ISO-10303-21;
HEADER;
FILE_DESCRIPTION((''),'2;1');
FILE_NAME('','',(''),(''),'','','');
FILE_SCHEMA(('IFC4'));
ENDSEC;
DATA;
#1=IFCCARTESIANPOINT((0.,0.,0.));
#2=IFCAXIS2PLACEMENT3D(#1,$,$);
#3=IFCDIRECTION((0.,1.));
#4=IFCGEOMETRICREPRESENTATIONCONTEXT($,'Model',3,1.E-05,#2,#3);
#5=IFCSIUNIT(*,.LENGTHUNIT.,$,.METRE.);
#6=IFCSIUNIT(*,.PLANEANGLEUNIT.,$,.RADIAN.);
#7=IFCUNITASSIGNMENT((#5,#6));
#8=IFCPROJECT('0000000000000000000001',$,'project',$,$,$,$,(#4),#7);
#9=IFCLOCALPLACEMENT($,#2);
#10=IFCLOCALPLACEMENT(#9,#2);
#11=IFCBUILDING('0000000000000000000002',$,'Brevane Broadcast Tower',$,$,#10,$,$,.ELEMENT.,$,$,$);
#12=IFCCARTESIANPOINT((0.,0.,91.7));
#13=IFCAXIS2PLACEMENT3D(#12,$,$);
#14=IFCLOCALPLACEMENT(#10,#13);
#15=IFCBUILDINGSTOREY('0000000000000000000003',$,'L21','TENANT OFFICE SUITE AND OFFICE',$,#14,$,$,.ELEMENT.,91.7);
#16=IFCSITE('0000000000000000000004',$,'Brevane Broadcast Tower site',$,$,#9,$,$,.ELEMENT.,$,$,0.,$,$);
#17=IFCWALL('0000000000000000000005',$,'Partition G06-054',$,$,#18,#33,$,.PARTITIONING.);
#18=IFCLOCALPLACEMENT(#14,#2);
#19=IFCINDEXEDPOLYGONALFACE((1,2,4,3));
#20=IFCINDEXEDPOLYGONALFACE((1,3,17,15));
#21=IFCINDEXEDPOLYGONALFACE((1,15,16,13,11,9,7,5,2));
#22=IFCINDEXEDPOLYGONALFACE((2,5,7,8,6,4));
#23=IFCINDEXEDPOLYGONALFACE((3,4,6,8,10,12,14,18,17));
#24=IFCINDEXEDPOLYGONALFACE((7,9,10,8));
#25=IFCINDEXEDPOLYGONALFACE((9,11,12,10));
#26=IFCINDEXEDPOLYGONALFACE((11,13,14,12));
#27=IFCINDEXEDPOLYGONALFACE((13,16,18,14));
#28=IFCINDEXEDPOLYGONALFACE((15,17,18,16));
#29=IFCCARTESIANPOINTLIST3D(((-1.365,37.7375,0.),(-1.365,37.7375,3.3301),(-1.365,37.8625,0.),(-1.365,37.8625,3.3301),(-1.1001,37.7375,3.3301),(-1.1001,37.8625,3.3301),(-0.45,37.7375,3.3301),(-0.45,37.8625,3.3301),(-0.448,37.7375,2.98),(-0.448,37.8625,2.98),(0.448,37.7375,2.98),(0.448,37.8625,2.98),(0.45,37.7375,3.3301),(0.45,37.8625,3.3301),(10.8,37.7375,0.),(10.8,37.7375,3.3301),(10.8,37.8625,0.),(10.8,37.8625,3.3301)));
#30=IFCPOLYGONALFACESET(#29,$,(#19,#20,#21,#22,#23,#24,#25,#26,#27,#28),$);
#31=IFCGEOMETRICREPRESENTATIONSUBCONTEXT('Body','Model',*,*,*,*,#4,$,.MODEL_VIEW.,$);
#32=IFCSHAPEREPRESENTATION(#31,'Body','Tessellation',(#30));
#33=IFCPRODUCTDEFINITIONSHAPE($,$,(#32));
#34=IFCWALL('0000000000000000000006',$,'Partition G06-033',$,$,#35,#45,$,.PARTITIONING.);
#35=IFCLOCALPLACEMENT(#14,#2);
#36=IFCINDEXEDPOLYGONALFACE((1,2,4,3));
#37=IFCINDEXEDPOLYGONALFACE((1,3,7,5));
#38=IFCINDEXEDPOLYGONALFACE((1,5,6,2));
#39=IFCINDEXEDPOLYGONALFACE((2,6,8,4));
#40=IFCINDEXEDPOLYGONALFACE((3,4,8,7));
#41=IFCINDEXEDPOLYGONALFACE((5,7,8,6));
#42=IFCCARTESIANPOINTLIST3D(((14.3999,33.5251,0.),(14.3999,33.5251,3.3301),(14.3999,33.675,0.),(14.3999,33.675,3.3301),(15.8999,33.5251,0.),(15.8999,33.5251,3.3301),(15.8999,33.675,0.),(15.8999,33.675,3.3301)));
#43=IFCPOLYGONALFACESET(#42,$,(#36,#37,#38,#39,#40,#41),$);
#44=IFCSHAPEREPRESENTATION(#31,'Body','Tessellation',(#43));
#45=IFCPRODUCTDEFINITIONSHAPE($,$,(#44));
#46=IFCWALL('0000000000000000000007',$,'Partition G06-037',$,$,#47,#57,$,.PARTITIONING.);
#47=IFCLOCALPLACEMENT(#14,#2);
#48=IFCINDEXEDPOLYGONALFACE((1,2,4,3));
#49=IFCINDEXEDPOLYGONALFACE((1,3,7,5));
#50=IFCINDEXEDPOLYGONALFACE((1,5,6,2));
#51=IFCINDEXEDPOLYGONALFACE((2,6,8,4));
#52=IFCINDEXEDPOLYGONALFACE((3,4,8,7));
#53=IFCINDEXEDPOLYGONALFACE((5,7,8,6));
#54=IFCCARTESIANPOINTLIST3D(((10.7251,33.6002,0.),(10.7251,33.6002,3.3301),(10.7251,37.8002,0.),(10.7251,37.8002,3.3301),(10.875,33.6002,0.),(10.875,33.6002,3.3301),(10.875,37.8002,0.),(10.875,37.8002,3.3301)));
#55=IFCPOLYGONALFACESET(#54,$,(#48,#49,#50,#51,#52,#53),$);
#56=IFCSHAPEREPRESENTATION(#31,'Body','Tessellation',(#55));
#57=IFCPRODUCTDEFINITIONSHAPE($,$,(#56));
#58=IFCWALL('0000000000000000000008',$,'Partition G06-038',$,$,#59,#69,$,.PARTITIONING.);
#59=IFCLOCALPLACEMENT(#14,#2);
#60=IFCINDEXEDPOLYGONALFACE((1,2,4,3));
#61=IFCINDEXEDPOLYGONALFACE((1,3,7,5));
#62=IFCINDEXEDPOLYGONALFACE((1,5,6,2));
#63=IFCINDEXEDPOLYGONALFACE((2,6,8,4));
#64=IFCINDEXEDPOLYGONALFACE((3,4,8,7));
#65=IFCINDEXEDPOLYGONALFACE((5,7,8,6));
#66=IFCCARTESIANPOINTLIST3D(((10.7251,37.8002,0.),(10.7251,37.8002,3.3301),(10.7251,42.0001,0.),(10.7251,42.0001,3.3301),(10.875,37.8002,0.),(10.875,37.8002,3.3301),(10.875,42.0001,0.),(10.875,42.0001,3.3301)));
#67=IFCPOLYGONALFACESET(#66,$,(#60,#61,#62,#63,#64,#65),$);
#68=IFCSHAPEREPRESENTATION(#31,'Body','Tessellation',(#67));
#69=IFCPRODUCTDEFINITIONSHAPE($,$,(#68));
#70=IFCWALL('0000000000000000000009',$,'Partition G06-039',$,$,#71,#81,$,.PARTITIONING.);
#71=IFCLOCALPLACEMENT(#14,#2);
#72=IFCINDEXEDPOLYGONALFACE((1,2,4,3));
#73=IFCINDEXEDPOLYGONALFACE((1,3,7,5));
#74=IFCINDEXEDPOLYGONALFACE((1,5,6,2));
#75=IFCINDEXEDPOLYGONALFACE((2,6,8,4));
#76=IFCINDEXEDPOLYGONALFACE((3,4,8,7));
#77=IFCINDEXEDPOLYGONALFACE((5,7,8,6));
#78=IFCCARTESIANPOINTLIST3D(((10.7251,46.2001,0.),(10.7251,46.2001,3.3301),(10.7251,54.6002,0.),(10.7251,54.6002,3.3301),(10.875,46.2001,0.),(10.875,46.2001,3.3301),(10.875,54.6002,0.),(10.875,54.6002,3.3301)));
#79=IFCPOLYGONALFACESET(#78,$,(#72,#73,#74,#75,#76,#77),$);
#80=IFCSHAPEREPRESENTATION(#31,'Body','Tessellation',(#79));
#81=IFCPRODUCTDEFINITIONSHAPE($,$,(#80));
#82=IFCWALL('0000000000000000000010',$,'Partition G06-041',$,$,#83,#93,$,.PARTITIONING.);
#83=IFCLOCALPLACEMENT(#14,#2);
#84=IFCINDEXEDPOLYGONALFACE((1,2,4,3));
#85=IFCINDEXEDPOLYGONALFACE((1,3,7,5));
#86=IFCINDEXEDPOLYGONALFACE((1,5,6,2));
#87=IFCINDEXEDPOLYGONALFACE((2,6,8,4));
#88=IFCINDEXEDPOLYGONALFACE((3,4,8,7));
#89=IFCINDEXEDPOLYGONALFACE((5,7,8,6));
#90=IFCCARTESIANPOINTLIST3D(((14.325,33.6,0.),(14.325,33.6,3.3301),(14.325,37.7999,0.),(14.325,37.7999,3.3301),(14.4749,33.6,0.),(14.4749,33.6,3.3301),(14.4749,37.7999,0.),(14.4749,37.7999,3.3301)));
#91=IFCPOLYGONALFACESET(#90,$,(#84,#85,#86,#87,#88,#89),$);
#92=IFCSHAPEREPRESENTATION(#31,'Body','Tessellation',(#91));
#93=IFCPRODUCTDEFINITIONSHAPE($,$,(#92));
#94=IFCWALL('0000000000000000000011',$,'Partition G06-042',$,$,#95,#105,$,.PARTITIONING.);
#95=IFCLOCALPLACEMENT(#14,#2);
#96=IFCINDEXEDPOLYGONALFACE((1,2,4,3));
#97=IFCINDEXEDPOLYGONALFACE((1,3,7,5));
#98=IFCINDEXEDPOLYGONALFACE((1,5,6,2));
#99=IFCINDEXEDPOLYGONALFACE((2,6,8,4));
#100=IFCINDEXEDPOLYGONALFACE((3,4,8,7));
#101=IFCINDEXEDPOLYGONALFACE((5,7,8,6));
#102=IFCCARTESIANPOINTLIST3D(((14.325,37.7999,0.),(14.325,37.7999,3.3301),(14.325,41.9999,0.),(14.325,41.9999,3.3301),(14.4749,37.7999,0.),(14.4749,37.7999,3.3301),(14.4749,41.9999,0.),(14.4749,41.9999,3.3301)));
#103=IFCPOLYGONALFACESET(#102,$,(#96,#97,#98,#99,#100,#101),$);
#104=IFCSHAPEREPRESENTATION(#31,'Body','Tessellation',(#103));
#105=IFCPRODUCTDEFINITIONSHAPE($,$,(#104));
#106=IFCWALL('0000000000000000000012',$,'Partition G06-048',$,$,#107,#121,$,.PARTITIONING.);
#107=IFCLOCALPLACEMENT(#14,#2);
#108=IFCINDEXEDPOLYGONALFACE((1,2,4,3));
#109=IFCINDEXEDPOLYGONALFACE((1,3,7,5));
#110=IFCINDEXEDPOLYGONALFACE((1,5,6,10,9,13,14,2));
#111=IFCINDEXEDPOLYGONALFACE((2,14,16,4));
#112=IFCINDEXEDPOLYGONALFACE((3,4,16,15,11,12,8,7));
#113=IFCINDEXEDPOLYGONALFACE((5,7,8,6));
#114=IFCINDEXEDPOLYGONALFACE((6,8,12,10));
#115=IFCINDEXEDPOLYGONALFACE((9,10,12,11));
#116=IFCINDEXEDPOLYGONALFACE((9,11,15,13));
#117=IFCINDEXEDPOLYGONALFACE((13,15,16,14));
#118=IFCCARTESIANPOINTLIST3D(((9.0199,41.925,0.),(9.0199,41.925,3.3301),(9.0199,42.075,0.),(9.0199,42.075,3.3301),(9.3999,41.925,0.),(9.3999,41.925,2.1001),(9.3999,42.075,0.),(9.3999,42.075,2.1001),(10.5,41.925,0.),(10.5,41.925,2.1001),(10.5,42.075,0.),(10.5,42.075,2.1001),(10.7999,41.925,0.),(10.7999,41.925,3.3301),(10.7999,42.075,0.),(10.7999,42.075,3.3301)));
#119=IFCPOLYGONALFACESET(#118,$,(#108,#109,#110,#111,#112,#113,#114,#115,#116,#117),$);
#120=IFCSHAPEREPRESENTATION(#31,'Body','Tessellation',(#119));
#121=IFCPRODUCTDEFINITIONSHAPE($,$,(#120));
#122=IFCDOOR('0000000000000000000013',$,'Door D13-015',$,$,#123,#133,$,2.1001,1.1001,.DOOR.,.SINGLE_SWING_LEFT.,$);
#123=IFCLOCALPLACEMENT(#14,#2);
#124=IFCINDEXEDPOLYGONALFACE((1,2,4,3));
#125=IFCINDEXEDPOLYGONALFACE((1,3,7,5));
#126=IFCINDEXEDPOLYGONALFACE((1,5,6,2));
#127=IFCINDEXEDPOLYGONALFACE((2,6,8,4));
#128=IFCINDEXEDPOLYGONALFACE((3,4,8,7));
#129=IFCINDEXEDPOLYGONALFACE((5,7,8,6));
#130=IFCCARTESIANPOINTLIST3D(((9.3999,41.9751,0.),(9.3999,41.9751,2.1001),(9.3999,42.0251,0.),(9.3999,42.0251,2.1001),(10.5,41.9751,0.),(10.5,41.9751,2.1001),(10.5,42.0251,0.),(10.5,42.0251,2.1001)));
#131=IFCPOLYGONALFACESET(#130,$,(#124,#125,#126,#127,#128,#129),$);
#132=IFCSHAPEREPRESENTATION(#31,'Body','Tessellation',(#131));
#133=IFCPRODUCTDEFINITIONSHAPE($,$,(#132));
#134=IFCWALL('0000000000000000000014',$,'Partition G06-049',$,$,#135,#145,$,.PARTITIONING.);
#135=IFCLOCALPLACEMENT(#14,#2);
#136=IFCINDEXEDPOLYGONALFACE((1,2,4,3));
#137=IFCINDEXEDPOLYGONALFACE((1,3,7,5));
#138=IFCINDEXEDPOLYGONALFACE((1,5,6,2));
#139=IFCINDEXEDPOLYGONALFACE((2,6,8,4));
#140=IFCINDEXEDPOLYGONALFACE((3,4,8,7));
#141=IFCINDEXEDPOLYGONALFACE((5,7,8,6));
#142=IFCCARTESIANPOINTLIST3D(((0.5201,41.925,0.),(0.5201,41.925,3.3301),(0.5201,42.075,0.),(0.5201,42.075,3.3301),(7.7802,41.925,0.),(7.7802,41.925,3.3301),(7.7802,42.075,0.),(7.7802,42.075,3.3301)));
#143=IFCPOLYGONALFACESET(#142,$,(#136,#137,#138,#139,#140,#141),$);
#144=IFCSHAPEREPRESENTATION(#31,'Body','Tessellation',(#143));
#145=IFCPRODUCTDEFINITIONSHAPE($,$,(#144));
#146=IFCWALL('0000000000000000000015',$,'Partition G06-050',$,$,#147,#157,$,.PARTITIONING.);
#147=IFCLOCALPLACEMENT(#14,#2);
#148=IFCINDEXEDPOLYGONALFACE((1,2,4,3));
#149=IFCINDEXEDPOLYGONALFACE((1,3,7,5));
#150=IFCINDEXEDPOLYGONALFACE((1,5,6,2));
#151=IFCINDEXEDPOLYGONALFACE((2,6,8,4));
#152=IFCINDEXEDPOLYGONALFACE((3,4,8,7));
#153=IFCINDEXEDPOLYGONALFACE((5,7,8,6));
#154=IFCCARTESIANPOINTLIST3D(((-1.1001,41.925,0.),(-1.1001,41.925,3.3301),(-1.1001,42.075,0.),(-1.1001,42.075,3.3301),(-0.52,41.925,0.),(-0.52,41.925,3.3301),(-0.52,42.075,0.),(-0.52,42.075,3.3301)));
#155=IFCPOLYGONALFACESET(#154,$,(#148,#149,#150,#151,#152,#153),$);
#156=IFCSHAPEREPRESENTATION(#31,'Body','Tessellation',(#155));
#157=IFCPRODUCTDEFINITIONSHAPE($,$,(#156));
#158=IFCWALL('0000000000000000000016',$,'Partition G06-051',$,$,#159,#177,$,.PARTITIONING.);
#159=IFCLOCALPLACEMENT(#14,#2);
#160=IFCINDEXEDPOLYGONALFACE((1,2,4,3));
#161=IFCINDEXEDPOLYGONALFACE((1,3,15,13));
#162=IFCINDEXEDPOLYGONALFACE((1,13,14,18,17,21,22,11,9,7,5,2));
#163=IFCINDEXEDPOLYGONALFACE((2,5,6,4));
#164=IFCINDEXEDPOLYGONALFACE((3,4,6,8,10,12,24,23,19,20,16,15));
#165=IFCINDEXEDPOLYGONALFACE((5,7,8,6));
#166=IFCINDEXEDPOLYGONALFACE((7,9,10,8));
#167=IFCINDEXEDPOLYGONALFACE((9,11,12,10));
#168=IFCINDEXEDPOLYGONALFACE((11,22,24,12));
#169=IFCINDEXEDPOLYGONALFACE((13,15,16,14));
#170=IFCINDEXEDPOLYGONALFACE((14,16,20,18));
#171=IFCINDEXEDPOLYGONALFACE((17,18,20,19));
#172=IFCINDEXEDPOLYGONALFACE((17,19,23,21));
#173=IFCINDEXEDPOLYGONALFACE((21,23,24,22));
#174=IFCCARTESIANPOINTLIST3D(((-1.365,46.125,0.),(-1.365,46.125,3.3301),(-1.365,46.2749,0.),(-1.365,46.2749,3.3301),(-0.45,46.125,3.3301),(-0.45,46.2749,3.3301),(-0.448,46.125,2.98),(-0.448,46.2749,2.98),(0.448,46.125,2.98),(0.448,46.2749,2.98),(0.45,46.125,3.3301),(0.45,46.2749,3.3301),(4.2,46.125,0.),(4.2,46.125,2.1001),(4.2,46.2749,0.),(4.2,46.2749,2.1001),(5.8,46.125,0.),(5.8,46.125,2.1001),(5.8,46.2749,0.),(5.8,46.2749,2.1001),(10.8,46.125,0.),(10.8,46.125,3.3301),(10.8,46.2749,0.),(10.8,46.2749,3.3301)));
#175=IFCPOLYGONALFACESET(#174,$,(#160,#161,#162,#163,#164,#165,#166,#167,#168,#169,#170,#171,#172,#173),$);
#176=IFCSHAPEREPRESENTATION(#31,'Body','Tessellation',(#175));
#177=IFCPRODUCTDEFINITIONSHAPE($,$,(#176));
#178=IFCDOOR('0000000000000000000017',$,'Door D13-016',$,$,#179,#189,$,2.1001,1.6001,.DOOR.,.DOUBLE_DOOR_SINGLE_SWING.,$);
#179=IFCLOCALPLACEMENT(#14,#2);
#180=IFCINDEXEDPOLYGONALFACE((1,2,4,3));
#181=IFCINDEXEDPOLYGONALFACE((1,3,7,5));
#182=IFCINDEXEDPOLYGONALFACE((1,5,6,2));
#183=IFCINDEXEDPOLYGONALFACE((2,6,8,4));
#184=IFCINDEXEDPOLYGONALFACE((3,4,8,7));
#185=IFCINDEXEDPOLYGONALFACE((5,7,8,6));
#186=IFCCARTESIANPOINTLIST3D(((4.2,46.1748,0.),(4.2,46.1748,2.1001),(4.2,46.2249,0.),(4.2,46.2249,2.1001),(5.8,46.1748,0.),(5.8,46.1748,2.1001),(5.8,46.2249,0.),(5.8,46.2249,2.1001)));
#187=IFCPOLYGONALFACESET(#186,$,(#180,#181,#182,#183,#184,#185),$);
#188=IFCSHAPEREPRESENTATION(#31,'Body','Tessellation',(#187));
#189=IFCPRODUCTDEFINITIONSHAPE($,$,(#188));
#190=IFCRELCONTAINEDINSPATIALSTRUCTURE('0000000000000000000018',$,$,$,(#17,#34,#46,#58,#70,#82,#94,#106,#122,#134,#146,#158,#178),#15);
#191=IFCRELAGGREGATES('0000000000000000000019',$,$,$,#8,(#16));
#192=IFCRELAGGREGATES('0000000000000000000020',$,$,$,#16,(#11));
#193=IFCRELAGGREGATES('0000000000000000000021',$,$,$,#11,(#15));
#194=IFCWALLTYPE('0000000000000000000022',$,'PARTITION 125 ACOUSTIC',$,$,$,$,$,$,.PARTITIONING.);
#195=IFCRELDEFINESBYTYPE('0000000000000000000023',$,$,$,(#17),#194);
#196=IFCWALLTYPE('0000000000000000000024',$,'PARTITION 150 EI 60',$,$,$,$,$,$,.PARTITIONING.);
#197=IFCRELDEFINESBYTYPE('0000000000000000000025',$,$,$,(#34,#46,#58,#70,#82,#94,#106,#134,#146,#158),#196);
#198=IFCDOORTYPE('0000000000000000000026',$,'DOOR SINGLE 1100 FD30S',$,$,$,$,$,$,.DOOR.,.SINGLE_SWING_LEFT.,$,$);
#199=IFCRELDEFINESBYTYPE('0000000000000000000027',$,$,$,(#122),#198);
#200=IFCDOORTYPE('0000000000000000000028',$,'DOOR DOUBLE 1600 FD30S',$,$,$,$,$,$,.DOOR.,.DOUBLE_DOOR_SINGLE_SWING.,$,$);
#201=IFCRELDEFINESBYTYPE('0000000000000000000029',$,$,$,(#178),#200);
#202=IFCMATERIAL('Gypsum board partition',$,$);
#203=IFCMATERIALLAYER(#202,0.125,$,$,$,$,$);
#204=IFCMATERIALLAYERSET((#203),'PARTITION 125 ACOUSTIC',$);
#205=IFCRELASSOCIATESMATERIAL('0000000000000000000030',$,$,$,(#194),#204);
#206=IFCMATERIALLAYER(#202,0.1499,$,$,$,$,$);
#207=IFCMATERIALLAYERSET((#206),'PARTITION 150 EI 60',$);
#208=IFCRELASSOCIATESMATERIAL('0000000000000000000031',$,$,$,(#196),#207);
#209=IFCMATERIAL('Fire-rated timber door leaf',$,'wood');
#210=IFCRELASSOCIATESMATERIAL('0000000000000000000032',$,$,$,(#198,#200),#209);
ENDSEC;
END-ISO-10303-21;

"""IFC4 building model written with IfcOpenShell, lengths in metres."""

from ifc_helpers import new_model, si_unit, direction, frame, frame_2d, origin, place, context, subcontext, project, spatial, polyline, rectangle, outline, extrude, material, layer, layer_set, type_object, element, fill, save


model = new_model("IFC4")

# Units and contexts
model_context = context("Model", 3, precision=1e-05, world=origin(), true_north=direction((0.0, 1.0)))
body_context = subcontext(model_context, "Body", "Model", "MODEL_VIEW")
ifc_project = project(units=[si_unit("LENGTHUNIT", "METRE"), si_unit("PLANEANGLEUNIT", "RADIAN")], contexts=[model_context])

# Site, building, storey
site_placement = place(None, origin())
site = spatial("IfcSite", under=ifc_project, at=site_placement, Name="Brevane Broadcast Tower site", CompositionType="ELEMENT", RefElevation=0.0)
building_placement = place(site_placement, origin())
building = spatial("IfcBuilding", under=site, at=building_placement, Name="Brevane Broadcast Tower", CompositionType="ELEMENT")
storey_placement = place(building_placement, frame((0.0, 0.0, 91.7)))
storey = spatial("IfcBuildingStorey", under=building, at=storey_placement, Name="L21", Description="TENANT OFFICE SUITE AND OFFICE", CompositionType="ELEMENT", Elevation=91.7)

# Walls
ifc_material_1 = material(Name="Gypsum board partition")
ifc_layer_1 = layer(ifc_material_1, 0.125)
ifc_layer_set_1 = layer_set([ifc_layer_1], Name="PARTITION 125 ACOUSTIC")
wall_type_1 = type_object("IfcWallType", Name="PARTITION 125 ACOUSTIC", PredefinedType="PARTITIONING", material=ifc_layer_set_1)
wall_1_placement = place(storey_placement, frame((-1.365, 37.8, 0.0), z_axis=(0.0, 0.0, 1.0), x_axis=(1.0, 0.0, 0.0)))
element("IfcWall", 1, at=wall_1_placement, inside=storey, type_object=wall_type_1, Name="Partition G06-054", PredefinedType="PARTITIONING", context=body_context, shape_type="SweptSolid", body=[
    extrude(outline(polyline([(0.0, 0.0), (12.165, 0.0), (12.165, 3.3301), (1.8149, 3.3301), (1.813, 2.98), (0.917, 2.98), (0.915, 3.3301), (0.2649, 3.3301), (0.0, 3.3301), (0.0, 0.0)])), frame((0.0, 0.0625, 0.0), z_axis=(0.0, -1.0, 0.0), x_axis=(1.0, 0.0, 0.0)), (0.0, 0.0, 1.0), 0.125),
])
ifc_layer_2 = layer(ifc_material_1, 0.1499)
ifc_layer_set_2 = layer_set([ifc_layer_2], Name="PARTITION 150 EI 60")
wall_type_2 = type_object("IfcWallType", Name="PARTITION 150 EI 60", PredefinedType="PARTITIONING", material=ifc_layer_set_2)
wall_2_placement = place(storey_placement, frame((14.3999, 33.6001, 0.0), z_axis=(0.0, 0.0, 1.0), x_axis=(1.0, 0.0, 0.0)))
element("IfcWall", 2, at=wall_2_placement, inside=storey, type_object=wall_type_2, Name="Partition G06-033", PredefinedType="PARTITIONING", context=body_context, shape_type="SweptSolid", body=[
    extrude(rectangle(XDim=1.5, YDim=0.1499, at=frame_2d((0.75, 0.0))), origin(), (0.0, 0.0, 1.0), 3.3301),
])
for number, where, z_axis, x_axis, name in (
    (3, (10.8, 33.6001, 0.0), (0.0, 0.0, 1.0), (0.0, 1.0, 0.0), "Partition G06-037"),
    (4, (10.8, 37.8, 0.0), (0.0, 0.0, 1.0), (0.0, 1.0, 0.0), "Partition G06-038"),
):
    element("IfcWall", number, at=place(storey_placement, frame(where, z_axis=z_axis, x_axis=x_axis)), inside=storey, type_object=wall_type_2, Name=name, PredefinedType="PARTITIONING", context=body_context, shape_type="SweptSolid", body=[
        extrude(rectangle(XDim=4.2, YDim=0.1499, at=frame_2d((2.1001, 0.0))), origin(), (0.0, 0.0, 1.0), 3.3301),
    ])
wall_3_placement = place(storey_placement, frame((10.8, 46.2, 0.0), z_axis=(0.0, 0.0, 1.0), x_axis=(0.0, 1.0, 0.0)))
element("IfcWall", 5, at=wall_3_placement, inside=storey, type_object=wall_type_2, Name="Partition G06-039", PredefinedType="PARTITIONING", context=body_context, shape_type="SweptSolid", body=[
    extrude(rectangle(XDim=8.4001, YDim=0.1499, at=frame_2d((4.2002, 0.0))), origin(), (0.0, 0.0, 1.0), 3.3301),
])
for number, where, z_axis, x_axis, name in (
    (6, (14.3999, 37.8, 0.0), (0.0, 0.0, 1.0), (0.0, -1.0, 0.0), "Partition G06-041"),
    (7, (14.3999, 42.0, 0.0), (0.0, 0.0, 1.0), (0.0, -1.0, 0.0), "Partition G06-042"),
):
    element("IfcWall", number, at=place(storey_placement, frame(where, z_axis=z_axis, x_axis=x_axis)), inside=storey, type_object=wall_type_2, Name=name, PredefinedType="PARTITIONING", context=body_context, shape_type="SweptSolid", body=[
        extrude(rectangle(XDim=4.2, YDim=0.1499, at=frame_2d((2.1001, 0.0))), origin(), (0.0, 0.0, 1.0), 3.3301),
    ])

# Wall, opening, door
wall_4_placement = place(storey_placement, frame((10.8, 42.0, 0.0), z_axis=(0.0, 0.0, 1.0), x_axis=(-1.0, 0.0, 0.0)))
wall_4 = element("IfcWall", 8, at=wall_4_placement, inside=storey, type_object=wall_type_2, Name="Partition G06-048", PredefinedType="PARTITIONING", context=body_context, shape_type="SweptSolid", body=[
    extrude(rectangle(XDim=1.78, YDim=0.1499, at=frame_2d((0.8901, 0.0))), origin(), (0.0, 0.0, 1.0), 3.3301),
])
opening_1_placement = place(wall_4_placement, frame((0.3, 0.0, 0.0)))
opening_1 = element("IfcOpeningElement", 9, at=opening_1_placement, cuts=wall_4, PredefinedType="OPENING", context=body_context, shape_type="SweptSolid", body=[
    extrude(rectangle(XDim=1.1001, YDim=2.1001, at=frame_2d((0.55, 1.05))), frame((0.0, 0.085, 0.0), z_axis=(0.0, -1.0, 0.0), x_axis=(1.0, 0.0, 0.0)), (0.0, 0.0, 1.0), 0.1699),
])
ifc_material_2 = material(Name="Fire-rated timber door leaf", Category="wood")
door_type_1 = type_object("IfcDoorType", Name="DOOR SINGLE 1100 FD30S", OperationType="SINGLE_SWING_LEFT", PredefinedType="DOOR", material=ifc_material_2)
door_1_placement = place(opening_1_placement, origin())
door_1 = element("IfcDoor", 10, at=door_1_placement, inside=storey, type_object=door_type_1, Name="Door D13-015", OperationType="SINGLE_SWING_LEFT", OverallHeight=2.1001, OverallWidth=1.1001, PredefinedType="DOOR", context=body_context, shape_type="SweptSolid", body=[
    extrude(rectangle(XDim=1.1001, YDim=2.1001, at=frame_2d((0.55, 1.05))), frame((0.0, 0.0249, 0.0), z_axis=(0.0, -1.0, 0.0), x_axis=(1.0, 0.0, 0.0)), (0.0, 0.0, 1.0), 0.05),
])
fill(opening_1, door_1)

# Walls
wall_5_placement = place(storey_placement, frame((7.78, 42.0, 0.0), z_axis=(0.0, 0.0, 1.0), x_axis=(-1.0, 0.0, 0.0)))
element("IfcWall", 11, at=wall_5_placement, inside=storey, type_object=wall_type_2, Name="Partition G06-049", PredefinedType="PARTITIONING", context=body_context, shape_type="SweptSolid", body=[
    extrude(rectangle(XDim=7.26, YDim=0.1499, at=frame_2d((3.6299, 0.0))), origin(), (0.0, 0.0, 1.0), 3.3301),
])
wall_6_placement = place(storey_placement, frame((-0.52, 42.0, 0.0), z_axis=(0.0, 0.0, 1.0), x_axis=(-1.0, 0.0, 0.0)))
element("IfcWall", 12, at=wall_6_placement, inside=storey, type_object=wall_type_2, Name="Partition G06-050", PredefinedType="PARTITIONING", context=body_context, shape_type="SweptSolid", body=[
    extrude(rectangle(XDim=0.5801, YDim=0.1499, at=frame_2d((0.29, 0.0))), origin(), (0.0, 0.0, 1.0), 3.3301),
])

# Wall, opening, door
wall_7_placement = place(storey_placement, frame((-1.365, 46.2, 0.0), z_axis=(0.0, 0.0, 1.0), x_axis=(1.0, 0.0, 0.0)))
wall_7 = element("IfcWall", 13, at=wall_7_placement, inside=storey, type_object=wall_type_2, Name="Partition G06-051", PredefinedType="PARTITIONING", context=body_context, shape_type="SweptSolid", body=[
    extrude(outline(polyline([(0.0, 0.0), (12.165, 0.0), (12.165, 3.3301), (1.8149, 3.3301), (1.813, 2.98), (0.917, 2.98), (0.915, 3.3301), (0.2649, 3.3301), (0.0, 3.3301), (0.0, 0.0)])), frame((0.0, 0.075, 0.0), z_axis=(0.0, -1.0, 0.0), x_axis=(1.0, 0.0, 0.0)), (0.0, 0.0, 1.0), 0.1499),
])
opening_2_placement = place(wall_7_placement, frame((5.5649, 0.0, 0.0)))
opening_2 = element("IfcOpeningElement", 14, at=opening_2_placement, cuts=wall_7, PredefinedType="OPENING", context=body_context, shape_type="SweptSolid", body=[
    extrude(rectangle(XDim=1.6001, YDim=2.1001, at=frame_2d((0.8, 1.05))), frame((0.0, 0.085, 0.0), z_axis=(0.0, -1.0, 0.0), x_axis=(1.0, 0.0, 0.0)), (0.0, 0.0, 1.0), 0.1699),
])
door_type_2 = type_object("IfcDoorType", Name="DOOR DOUBLE 1600 FD30S", OperationType="DOUBLE_DOOR_SINGLE_SWING", PredefinedType="DOOR", material=ifc_material_2)
door_2_placement = place(opening_2_placement, origin())
door_2 = element("IfcDoor", 15, at=door_2_placement, inside=storey, type_object=door_type_2, Name="Door D13-016", OperationType="DOUBLE_DOOR_SINGLE_SWING", OverallHeight=2.1001, OverallWidth=1.6001, PredefinedType="DOOR", context=body_context, shape_type="SweptSolid", body=[
    extrude(rectangle(XDim=1.6001, YDim=2.1001, at=frame_2d((0.8, 1.05))), frame((0.0, 0.0249, 0.0), z_axis=(0.0, -1.0, 0.0), x_axis=(1.0, 0.0, 0.0)), (0.0, 0.0, 1.0), 0.05),
])
fill(opening_2, door_2)

save(model, "model.ifc")
